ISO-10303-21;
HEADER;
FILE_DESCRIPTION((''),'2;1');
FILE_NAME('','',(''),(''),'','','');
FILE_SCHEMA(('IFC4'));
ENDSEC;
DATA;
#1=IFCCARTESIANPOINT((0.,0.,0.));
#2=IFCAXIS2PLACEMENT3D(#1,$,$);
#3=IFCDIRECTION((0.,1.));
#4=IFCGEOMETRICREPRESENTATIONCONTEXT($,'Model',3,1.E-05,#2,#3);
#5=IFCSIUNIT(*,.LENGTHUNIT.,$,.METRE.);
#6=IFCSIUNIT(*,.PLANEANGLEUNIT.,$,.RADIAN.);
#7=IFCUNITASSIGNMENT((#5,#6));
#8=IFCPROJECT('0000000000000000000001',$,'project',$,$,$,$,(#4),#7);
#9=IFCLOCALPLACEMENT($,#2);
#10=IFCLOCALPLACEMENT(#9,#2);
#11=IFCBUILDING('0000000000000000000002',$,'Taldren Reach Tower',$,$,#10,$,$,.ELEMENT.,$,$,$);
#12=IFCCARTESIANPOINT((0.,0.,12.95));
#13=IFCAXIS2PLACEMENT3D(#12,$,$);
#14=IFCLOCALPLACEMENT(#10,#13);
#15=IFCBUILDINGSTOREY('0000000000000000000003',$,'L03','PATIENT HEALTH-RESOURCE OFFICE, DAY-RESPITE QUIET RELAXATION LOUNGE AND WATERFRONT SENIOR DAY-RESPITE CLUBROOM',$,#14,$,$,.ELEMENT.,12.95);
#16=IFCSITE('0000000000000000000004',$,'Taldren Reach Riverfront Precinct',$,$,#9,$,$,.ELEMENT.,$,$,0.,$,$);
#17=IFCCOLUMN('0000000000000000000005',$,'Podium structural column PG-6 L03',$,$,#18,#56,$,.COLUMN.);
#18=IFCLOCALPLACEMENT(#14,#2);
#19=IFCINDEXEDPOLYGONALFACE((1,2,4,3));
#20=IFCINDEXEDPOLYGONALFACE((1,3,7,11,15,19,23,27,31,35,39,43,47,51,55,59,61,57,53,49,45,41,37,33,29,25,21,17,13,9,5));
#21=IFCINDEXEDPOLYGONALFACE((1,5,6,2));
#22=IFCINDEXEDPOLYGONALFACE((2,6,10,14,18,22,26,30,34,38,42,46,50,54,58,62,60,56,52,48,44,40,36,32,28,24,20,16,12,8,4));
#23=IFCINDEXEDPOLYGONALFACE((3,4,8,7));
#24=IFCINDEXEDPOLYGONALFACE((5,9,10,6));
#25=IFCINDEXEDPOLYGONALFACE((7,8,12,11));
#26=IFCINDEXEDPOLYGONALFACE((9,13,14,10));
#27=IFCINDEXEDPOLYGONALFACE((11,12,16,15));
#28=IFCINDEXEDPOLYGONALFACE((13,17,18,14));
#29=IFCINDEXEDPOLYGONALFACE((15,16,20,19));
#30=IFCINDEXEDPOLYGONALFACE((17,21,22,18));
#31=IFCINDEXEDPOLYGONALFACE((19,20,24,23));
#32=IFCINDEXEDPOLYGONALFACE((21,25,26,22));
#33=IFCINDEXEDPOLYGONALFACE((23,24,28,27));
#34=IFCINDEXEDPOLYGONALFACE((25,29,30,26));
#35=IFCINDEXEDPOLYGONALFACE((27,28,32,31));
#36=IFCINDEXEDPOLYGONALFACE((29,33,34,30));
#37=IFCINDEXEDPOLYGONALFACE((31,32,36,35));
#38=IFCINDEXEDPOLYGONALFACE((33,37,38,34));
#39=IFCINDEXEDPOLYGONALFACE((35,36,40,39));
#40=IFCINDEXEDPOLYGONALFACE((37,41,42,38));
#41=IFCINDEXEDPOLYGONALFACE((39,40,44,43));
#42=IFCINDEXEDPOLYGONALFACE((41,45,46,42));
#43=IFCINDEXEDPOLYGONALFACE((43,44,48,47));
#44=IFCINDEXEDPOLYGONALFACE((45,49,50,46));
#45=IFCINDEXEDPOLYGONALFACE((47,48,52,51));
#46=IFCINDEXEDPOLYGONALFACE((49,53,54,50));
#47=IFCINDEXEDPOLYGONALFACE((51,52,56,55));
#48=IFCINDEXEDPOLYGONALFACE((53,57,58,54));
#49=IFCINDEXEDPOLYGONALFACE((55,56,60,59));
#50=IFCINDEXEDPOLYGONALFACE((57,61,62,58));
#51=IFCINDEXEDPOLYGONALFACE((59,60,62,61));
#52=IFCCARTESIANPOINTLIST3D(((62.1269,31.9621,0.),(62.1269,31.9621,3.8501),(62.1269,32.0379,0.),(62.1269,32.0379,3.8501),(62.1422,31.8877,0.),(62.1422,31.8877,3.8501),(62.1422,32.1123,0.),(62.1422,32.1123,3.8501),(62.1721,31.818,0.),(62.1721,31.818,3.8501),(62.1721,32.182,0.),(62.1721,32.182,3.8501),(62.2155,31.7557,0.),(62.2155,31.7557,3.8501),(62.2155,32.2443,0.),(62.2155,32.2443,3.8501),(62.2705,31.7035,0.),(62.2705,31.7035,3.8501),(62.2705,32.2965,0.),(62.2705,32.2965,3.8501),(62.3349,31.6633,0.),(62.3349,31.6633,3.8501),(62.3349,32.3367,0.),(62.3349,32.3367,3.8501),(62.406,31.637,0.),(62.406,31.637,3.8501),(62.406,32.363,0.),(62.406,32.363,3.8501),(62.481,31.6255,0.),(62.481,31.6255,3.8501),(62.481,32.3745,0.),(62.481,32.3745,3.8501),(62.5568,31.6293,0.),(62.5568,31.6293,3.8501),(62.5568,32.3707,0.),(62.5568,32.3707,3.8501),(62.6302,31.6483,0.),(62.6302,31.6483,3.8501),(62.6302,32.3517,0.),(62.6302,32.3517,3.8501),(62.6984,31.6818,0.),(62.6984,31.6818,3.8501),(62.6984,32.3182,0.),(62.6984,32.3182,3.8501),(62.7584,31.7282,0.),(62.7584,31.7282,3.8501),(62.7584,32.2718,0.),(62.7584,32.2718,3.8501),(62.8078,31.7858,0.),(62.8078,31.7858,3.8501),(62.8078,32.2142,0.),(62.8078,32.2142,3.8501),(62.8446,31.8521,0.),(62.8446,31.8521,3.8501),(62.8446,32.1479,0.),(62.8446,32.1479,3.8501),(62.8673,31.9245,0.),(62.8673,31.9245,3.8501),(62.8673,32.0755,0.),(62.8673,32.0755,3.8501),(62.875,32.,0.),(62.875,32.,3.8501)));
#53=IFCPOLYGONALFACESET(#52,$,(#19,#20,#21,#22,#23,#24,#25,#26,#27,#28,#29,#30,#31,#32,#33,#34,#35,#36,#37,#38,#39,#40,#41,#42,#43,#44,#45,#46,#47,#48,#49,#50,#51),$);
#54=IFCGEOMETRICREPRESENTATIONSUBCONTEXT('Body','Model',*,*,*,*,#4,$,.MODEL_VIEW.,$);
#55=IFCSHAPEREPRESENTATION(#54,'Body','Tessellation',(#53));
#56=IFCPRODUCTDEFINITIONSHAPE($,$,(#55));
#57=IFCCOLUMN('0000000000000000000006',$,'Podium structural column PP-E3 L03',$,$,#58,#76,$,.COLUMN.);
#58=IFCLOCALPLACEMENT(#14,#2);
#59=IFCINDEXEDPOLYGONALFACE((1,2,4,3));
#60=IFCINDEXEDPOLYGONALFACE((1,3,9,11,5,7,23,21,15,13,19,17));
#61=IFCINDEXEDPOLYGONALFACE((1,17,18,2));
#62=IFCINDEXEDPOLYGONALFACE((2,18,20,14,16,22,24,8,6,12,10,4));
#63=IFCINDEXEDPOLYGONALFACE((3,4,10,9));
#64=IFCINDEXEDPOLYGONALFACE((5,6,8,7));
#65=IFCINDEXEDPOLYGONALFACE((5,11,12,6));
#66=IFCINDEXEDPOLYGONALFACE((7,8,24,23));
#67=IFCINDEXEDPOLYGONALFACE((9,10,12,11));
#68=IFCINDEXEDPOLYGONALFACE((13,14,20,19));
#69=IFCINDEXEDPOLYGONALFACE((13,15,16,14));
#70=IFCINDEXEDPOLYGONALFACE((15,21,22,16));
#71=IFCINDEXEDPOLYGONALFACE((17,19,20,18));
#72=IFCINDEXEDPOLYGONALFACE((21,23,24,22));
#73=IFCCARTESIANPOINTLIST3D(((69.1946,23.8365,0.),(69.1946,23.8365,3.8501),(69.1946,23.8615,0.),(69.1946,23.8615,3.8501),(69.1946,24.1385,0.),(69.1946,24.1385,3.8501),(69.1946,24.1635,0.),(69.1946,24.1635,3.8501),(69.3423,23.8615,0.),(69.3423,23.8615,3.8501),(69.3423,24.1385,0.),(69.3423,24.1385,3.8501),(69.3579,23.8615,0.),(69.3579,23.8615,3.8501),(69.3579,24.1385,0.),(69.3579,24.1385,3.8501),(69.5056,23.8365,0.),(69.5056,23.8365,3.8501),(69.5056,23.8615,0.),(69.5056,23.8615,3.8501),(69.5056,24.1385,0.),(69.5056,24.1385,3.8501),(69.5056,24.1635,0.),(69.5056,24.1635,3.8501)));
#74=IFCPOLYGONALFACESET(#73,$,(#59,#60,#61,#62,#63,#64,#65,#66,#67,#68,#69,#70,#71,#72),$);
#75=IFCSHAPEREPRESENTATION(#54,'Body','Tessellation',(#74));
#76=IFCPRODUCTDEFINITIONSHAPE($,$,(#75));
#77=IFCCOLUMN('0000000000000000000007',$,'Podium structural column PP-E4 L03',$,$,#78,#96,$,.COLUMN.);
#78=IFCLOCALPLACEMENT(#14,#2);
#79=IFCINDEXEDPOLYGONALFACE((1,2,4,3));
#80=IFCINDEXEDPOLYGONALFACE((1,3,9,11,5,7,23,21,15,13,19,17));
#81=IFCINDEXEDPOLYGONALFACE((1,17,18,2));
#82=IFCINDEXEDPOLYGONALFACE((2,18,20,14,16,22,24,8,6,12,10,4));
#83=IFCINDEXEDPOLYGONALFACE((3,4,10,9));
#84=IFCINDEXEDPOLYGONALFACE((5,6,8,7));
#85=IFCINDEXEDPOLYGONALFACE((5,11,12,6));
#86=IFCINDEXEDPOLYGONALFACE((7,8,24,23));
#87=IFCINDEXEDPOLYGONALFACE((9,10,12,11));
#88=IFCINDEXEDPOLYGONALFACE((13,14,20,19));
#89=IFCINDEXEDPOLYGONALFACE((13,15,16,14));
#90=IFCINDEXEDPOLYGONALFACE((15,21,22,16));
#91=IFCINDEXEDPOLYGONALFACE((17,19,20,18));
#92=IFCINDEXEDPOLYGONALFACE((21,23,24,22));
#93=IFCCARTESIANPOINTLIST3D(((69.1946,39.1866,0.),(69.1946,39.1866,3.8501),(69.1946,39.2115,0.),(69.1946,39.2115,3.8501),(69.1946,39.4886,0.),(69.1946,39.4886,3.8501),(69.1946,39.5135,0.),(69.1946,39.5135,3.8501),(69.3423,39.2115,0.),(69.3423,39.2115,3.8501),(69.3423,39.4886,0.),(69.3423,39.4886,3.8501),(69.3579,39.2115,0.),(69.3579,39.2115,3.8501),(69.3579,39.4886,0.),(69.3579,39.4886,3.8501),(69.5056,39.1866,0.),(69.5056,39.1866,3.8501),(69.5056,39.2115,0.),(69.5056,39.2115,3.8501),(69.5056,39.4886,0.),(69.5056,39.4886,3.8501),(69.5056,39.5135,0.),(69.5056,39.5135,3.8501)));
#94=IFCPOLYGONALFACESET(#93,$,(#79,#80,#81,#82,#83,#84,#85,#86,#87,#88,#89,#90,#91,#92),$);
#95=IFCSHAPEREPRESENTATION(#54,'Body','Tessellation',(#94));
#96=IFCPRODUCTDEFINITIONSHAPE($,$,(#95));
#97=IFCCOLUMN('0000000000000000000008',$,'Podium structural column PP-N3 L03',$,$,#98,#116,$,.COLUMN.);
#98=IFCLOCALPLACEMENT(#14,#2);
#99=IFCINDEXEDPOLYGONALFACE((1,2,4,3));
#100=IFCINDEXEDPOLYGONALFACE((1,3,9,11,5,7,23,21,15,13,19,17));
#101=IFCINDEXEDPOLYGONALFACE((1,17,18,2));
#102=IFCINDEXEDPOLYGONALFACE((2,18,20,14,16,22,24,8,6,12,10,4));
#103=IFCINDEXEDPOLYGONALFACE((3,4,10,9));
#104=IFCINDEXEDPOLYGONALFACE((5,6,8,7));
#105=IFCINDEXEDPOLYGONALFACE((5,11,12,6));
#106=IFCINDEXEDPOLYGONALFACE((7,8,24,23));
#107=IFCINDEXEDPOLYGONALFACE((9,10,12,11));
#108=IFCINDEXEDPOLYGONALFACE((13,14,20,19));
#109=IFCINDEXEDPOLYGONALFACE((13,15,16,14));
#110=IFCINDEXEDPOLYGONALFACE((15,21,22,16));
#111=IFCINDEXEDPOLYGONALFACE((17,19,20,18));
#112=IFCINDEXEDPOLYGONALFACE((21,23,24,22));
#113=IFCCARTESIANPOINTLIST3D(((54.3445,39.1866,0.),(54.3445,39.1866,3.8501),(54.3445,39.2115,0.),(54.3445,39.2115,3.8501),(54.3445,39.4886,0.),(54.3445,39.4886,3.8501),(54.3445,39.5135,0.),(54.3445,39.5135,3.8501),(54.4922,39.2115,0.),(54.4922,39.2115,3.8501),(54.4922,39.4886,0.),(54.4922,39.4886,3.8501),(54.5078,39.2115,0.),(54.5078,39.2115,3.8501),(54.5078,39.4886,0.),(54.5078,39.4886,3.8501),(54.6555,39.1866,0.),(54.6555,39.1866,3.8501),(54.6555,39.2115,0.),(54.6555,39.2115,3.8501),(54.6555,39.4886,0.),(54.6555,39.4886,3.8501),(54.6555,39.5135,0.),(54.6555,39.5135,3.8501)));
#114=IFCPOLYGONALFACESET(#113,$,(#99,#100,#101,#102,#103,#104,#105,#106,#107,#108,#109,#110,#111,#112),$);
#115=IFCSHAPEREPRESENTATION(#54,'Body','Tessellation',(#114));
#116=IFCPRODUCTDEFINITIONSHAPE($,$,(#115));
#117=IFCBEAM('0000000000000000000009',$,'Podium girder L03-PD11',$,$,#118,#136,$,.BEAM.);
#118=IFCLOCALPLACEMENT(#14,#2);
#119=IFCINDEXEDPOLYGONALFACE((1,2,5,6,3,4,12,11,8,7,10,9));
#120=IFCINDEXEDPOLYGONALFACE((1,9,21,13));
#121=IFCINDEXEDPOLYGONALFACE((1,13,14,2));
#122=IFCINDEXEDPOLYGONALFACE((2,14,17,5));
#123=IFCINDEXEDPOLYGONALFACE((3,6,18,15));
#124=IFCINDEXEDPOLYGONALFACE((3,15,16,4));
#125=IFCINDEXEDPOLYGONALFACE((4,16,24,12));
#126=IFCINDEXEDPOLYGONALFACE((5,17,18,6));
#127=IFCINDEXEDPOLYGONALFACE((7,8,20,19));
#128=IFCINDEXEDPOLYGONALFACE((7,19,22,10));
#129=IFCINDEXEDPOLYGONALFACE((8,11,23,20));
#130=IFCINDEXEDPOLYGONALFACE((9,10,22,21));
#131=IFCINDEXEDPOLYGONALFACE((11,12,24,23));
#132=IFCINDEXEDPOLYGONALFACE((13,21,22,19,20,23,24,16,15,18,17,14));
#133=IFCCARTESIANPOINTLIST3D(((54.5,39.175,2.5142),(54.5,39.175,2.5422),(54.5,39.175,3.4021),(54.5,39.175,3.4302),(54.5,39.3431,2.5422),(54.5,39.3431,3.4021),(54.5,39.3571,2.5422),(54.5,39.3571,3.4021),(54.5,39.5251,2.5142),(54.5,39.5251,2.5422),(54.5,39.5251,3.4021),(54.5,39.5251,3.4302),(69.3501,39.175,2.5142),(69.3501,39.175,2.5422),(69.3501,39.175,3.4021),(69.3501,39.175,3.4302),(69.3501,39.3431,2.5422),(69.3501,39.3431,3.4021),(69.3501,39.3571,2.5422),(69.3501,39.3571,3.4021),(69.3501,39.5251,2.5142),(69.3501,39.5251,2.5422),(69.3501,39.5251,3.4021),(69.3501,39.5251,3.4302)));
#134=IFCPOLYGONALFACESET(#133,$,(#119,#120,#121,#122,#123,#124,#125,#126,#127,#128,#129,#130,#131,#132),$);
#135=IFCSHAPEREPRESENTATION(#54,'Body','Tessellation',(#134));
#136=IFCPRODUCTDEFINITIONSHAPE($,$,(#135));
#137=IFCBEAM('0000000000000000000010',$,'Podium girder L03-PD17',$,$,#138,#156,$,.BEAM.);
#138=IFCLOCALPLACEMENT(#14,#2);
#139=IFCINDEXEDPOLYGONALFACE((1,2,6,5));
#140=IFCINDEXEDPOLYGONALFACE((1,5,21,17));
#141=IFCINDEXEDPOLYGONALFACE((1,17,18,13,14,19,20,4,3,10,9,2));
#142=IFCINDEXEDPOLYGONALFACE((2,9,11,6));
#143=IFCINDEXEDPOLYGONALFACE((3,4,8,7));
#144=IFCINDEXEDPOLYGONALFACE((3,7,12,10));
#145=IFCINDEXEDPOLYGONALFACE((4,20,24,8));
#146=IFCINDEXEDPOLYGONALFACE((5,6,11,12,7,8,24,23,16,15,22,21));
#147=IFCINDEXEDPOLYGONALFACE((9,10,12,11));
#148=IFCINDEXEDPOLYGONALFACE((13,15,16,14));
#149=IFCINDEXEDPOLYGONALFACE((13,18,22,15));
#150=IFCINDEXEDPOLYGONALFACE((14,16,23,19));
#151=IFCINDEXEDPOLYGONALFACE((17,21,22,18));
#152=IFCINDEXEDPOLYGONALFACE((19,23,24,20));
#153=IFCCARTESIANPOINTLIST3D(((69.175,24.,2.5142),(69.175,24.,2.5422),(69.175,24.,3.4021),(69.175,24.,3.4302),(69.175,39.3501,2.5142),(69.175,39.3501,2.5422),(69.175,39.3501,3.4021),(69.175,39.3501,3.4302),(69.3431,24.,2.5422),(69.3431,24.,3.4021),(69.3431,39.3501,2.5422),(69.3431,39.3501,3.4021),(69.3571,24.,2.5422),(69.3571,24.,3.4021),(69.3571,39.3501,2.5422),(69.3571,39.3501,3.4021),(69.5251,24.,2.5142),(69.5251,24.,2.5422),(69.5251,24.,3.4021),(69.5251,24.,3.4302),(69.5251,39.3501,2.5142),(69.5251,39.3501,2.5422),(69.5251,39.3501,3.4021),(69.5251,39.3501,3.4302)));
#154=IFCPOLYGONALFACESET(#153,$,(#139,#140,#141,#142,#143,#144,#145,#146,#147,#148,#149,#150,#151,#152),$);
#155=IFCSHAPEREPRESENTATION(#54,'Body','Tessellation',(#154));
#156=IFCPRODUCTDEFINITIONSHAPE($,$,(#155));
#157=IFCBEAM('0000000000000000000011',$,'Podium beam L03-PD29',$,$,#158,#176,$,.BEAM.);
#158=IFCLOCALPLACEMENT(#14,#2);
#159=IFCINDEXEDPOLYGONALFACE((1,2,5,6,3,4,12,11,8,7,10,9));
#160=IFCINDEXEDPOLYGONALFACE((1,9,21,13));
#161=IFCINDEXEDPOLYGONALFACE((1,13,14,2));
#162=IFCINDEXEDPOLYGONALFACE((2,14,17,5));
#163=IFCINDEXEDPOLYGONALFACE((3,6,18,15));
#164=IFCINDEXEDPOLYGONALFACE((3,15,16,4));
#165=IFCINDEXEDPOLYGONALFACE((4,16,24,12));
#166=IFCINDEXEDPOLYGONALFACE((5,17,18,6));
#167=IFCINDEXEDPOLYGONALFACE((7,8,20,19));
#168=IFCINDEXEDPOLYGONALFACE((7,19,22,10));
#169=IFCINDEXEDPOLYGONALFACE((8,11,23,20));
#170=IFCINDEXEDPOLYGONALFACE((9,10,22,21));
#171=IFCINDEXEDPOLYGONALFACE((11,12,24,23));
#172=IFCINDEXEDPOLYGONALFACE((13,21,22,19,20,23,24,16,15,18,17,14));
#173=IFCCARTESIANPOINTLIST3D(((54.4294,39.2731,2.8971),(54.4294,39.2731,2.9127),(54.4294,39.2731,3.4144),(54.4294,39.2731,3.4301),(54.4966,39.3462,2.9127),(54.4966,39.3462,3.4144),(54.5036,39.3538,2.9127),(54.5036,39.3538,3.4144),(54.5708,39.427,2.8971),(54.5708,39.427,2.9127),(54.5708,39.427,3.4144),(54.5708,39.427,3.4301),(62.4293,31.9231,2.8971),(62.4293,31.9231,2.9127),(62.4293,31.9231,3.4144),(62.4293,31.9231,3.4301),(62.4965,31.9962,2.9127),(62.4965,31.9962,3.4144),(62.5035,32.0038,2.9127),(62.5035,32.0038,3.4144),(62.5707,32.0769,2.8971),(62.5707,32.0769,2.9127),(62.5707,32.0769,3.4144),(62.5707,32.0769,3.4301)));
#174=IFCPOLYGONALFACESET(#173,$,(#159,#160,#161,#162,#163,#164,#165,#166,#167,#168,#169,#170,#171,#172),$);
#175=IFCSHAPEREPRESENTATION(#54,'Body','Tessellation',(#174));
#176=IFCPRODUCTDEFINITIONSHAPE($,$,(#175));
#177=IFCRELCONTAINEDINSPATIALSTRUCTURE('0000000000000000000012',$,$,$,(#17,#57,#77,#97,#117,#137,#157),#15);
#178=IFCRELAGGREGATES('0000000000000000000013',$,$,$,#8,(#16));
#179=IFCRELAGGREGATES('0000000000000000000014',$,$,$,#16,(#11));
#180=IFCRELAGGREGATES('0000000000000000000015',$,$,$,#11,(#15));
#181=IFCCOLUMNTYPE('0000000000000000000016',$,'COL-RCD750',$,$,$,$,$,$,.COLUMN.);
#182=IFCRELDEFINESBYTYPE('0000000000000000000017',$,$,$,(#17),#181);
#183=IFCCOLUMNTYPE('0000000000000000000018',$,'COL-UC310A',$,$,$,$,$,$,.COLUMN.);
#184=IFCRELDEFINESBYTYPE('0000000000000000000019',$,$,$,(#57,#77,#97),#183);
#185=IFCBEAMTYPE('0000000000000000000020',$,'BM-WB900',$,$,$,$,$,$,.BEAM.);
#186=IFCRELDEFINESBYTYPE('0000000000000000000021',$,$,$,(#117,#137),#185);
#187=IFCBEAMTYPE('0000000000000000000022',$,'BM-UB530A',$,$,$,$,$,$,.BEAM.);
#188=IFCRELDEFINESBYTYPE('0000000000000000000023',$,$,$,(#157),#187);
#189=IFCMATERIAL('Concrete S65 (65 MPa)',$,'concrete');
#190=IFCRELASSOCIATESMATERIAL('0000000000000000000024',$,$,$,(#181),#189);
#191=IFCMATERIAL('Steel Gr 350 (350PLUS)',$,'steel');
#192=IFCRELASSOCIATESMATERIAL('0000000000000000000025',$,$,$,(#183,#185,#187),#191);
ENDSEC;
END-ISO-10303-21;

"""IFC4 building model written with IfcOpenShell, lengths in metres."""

from ifc_helpers import new_model, si_unit, direction, frame, origin, origin_2d, place, context, subcontext, project, spatial, circle, i_section, extrude, source, transform, mapped, material, material_profile, profile_set, type_object, element, save


model = new_model("IFC4")

# Units and contexts
model_context = context("Model", 3, precision=1e-05, world=origin(), true_north=direction((0.0, 1.0)))
body_context = subcontext(model_context, "Body", "Model", "MODEL_VIEW")
ifc_project = project(units=[si_unit("LENGTHUNIT", "METRE"), si_unit("PLANEANGLEUNIT", "RADIAN")], contexts=[model_context])

# Site, building, storey
site_placement = place(None, origin())
site = spatial("IfcSite", under=ifc_project, at=site_placement, Name="Taldren Reach Riverfront Precinct", CompositionType="ELEMENT", RefElevation=0.0)
building_placement = place(site_placement, origin())
building = spatial("IfcBuilding", under=site, at=building_placement, Name="Taldren Reach Tower", CompositionType="ELEMENT")
storey_placement = place(building_placement, frame((0.0, 0.0, 12.95)))
storey = spatial("IfcBuildingStorey", under=building, at=storey_placement, Name="L03", Description="PATIENT HEALTH-RESOURCE OFFICE, DAY-RESPITE QUIET RELAXATION LOUNGE AND WATERFRONT SENIOR DAY-RESPITE CLUBROOM", CompositionType="ELEMENT", Elevation=12.95)

# Columns
ifc_material_1 = material(Name="Concrete S65 (65 MPa)", Category="concrete")
ifc_material_profile_1 = material_profile(ifc_material_1, circle(Radius=0.375, at=origin_2d()), Name="RC-750D")
ifc_profile_set_1 = profile_set([ifc_material_profile_1], Name="Concrete S65 (65 MPa)")
column_type_1 = type_object("IfcColumnType", Name="COL-RCD750", PredefinedType="COLUMN", material=ifc_profile_set_1)
shared_shape_1 = source(origin(), body_context, "Body", "SweptSolid", [
    extrude(circle(Radius=0.375, at=origin_2d()), origin(), (0.0, 0.0, 1.0), 3.8501),
])
column_placement = place(storey_placement, frame((62.5, 32.0, 0.0), z_axis=(0.0, 0.0, 1.0), x_axis=(1.0, 0.0, 0.0)))
element("IfcColumn", 1, at=column_placement, inside=storey, type_object=column_type_1, Name="Podium structural column PG-6 L03", PredefinedType="COLUMN", context=body_context, shape_type="MappedRepresentation", body=[
    mapped(shared_shape_1, transform((0.0, 0.0, 0.0), scale=1.0)),
])
ifc_material_2 = material(Name="Steel Gr 350 (350PLUS)", Category="steel")
ifc_material_profile_2 = material_profile(ifc_material_2, i_section(OverallWidth=0.311, OverallDepth=0.3269, WebThickness=0.0156, FlangeThickness=0.0249, at=origin_2d()), Name="310UC158")
ifc_profile_set_2 = profile_set([ifc_material_profile_2], Name="Steel Gr 350 (350PLUS)")
column_type_2 = type_object("IfcColumnType", Name="COL-UC310A", PredefinedType="COLUMN", material=ifc_profile_set_2)
shared_shape_2 = source(origin(), body_context, "Body", "SweptSolid", [
    extrude(i_section(OverallWidth=0.311, OverallDepth=0.3269, WebThickness=0.0156, FlangeThickness=0.0249, at=origin_2d()), origin(), (0.0, 0.0, 1.0), 3.8501),
])
for number, where, z_axis, x_axis, name in (
    (2, (69.3501, 24.0, 0.0), (0.0, 0.0, 1.0), (1.0, 0.0, 0.0), "Podium structural column PP-E3 L03"),
    (3, (69.3501, 39.3501, 0.0), (0.0, 0.0, 1.0), (1.0, 0.0, 0.0), "Podium structural column PP-E4 L03"),
    (4, (54.5, 39.3501, 0.0), (0.0, 0.0, 1.0), (1.0, 0.0, 0.0), "Podium structural column PP-N3 L03"),
):
    element("IfcColumn", number, at=place(storey_placement, frame(where, z_axis=z_axis, x_axis=x_axis)), inside=storey, type_object=column_type_2, Name=name, PredefinedType="COLUMN", context=body_context, shape_type="MappedRepresentation", body=[
        mapped(shared_shape_2, transform((0.0, 0.0, 0.0), scale=1.0)),
    ])

# Beams
ifc_material_profile_3 = material_profile(ifc_material_2, i_section(OverallWidth=0.3501, OverallDepth=0.916, WebThickness=0.0139, FlangeThickness=0.0281, at=origin_2d()), Name="900WB257")
ifc_profile_set_3 = profile_set([ifc_material_profile_3], Name="Steel Gr 350 (350PLUS)")
beam_type_1 = type_object("IfcBeamType", Name="BM-WB900", PredefinedType="BEAM", material=ifc_profile_set_3)
shared_shape_3 = source(origin(), body_context, "Body", "SweptSolid", [
    extrude(i_section(OverallWidth=0.3501, OverallDepth=0.916, WebThickness=0.0139, FlangeThickness=0.0281, at=origin_2d()), origin(), (0.0, 0.0, 1.0), 14.8501),
])
beam_1_placement = place(storey_placement, frame((54.5, 39.3501, 2.9722), z_axis=(1.0, 0.0, 0.0), x_axis=(0.0, 1.0, 0.0)))
element("IfcBeam", 5, at=beam_1_placement, inside=storey, type_object=beam_type_1, Name="Podium girder L03-PD11", PredefinedType="BEAM", context=body_context, shape_type="MappedRepresentation", body=[
    mapped(shared_shape_3, transform((0.0, 0.0, 0.0), scale=1.0)),
])
shared_shape_4 = source(origin(), body_context, "Body", "SweptSolid", [
    extrude(i_section(OverallWidth=0.3501, OverallDepth=0.916, WebThickness=0.0139, FlangeThickness=0.0281, at=origin_2d()), origin(), (0.0, 0.0, 1.0), 15.3501),
])
beam_2_placement = place(storey_placement, frame((69.3501, 24.0, 2.9722), z_axis=(0.0, 1.0, 0.0), x_axis=(-1.0, 0.0, 0.0)))
element("IfcBeam", 6, at=beam_2_placement, inside=storey, type_object=beam_type_1, Name="Podium girder L03-PD17", PredefinedType="BEAM", context=body_context, shape_type="MappedRepresentation", body=[
    mapped(shared_shape_4, transform((0.0, 0.0, 0.0), scale=1.0)),
])
ifc_material_profile_4 = material_profile(ifc_material_2, i_section(OverallWidth=0.209, OverallDepth=0.533, WebThickness=0.0103, FlangeThickness=0.0156, at=origin_2d()), Name="530UB92.4")
ifc_profile_set_4 = profile_set([ifc_material_profile_4], Name="Steel Gr 350 (350PLUS)")
beam_type_2 = type_object("IfcBeamType", Name="BM-UB530A", PredefinedType="BEAM", material=ifc_profile_set_4)
shared_shape_5 = source(origin(), body_context, "Body", "SweptSolid", [
    extrude(i_section(OverallWidth=0.209, OverallDepth=0.533, WebThickness=0.0103, FlangeThickness=0.0156, at=origin_2d()), origin(), (0.0, 0.0, 1.0), 10.8638),
])
beam_3_placement = place(storey_placement, frame((62.5, 32.0, 3.1636), z_axis=(-0.736385, 0.676563, 0.0), x_axis=(-0.676563, -0.736385, 0.0)))
element("IfcBeam", 7, at=beam_3_placement, inside=storey, type_object=beam_type_2, Name="Podium beam L03-PD29", PredefinedType="BEAM", context=body_context, shape_type="MappedRepresentation", body=[
    mapped(shared_shape_5, transform((0.0, 0.0, 0.0), scale=1.0)),
])

save(model, "model.ifc")
